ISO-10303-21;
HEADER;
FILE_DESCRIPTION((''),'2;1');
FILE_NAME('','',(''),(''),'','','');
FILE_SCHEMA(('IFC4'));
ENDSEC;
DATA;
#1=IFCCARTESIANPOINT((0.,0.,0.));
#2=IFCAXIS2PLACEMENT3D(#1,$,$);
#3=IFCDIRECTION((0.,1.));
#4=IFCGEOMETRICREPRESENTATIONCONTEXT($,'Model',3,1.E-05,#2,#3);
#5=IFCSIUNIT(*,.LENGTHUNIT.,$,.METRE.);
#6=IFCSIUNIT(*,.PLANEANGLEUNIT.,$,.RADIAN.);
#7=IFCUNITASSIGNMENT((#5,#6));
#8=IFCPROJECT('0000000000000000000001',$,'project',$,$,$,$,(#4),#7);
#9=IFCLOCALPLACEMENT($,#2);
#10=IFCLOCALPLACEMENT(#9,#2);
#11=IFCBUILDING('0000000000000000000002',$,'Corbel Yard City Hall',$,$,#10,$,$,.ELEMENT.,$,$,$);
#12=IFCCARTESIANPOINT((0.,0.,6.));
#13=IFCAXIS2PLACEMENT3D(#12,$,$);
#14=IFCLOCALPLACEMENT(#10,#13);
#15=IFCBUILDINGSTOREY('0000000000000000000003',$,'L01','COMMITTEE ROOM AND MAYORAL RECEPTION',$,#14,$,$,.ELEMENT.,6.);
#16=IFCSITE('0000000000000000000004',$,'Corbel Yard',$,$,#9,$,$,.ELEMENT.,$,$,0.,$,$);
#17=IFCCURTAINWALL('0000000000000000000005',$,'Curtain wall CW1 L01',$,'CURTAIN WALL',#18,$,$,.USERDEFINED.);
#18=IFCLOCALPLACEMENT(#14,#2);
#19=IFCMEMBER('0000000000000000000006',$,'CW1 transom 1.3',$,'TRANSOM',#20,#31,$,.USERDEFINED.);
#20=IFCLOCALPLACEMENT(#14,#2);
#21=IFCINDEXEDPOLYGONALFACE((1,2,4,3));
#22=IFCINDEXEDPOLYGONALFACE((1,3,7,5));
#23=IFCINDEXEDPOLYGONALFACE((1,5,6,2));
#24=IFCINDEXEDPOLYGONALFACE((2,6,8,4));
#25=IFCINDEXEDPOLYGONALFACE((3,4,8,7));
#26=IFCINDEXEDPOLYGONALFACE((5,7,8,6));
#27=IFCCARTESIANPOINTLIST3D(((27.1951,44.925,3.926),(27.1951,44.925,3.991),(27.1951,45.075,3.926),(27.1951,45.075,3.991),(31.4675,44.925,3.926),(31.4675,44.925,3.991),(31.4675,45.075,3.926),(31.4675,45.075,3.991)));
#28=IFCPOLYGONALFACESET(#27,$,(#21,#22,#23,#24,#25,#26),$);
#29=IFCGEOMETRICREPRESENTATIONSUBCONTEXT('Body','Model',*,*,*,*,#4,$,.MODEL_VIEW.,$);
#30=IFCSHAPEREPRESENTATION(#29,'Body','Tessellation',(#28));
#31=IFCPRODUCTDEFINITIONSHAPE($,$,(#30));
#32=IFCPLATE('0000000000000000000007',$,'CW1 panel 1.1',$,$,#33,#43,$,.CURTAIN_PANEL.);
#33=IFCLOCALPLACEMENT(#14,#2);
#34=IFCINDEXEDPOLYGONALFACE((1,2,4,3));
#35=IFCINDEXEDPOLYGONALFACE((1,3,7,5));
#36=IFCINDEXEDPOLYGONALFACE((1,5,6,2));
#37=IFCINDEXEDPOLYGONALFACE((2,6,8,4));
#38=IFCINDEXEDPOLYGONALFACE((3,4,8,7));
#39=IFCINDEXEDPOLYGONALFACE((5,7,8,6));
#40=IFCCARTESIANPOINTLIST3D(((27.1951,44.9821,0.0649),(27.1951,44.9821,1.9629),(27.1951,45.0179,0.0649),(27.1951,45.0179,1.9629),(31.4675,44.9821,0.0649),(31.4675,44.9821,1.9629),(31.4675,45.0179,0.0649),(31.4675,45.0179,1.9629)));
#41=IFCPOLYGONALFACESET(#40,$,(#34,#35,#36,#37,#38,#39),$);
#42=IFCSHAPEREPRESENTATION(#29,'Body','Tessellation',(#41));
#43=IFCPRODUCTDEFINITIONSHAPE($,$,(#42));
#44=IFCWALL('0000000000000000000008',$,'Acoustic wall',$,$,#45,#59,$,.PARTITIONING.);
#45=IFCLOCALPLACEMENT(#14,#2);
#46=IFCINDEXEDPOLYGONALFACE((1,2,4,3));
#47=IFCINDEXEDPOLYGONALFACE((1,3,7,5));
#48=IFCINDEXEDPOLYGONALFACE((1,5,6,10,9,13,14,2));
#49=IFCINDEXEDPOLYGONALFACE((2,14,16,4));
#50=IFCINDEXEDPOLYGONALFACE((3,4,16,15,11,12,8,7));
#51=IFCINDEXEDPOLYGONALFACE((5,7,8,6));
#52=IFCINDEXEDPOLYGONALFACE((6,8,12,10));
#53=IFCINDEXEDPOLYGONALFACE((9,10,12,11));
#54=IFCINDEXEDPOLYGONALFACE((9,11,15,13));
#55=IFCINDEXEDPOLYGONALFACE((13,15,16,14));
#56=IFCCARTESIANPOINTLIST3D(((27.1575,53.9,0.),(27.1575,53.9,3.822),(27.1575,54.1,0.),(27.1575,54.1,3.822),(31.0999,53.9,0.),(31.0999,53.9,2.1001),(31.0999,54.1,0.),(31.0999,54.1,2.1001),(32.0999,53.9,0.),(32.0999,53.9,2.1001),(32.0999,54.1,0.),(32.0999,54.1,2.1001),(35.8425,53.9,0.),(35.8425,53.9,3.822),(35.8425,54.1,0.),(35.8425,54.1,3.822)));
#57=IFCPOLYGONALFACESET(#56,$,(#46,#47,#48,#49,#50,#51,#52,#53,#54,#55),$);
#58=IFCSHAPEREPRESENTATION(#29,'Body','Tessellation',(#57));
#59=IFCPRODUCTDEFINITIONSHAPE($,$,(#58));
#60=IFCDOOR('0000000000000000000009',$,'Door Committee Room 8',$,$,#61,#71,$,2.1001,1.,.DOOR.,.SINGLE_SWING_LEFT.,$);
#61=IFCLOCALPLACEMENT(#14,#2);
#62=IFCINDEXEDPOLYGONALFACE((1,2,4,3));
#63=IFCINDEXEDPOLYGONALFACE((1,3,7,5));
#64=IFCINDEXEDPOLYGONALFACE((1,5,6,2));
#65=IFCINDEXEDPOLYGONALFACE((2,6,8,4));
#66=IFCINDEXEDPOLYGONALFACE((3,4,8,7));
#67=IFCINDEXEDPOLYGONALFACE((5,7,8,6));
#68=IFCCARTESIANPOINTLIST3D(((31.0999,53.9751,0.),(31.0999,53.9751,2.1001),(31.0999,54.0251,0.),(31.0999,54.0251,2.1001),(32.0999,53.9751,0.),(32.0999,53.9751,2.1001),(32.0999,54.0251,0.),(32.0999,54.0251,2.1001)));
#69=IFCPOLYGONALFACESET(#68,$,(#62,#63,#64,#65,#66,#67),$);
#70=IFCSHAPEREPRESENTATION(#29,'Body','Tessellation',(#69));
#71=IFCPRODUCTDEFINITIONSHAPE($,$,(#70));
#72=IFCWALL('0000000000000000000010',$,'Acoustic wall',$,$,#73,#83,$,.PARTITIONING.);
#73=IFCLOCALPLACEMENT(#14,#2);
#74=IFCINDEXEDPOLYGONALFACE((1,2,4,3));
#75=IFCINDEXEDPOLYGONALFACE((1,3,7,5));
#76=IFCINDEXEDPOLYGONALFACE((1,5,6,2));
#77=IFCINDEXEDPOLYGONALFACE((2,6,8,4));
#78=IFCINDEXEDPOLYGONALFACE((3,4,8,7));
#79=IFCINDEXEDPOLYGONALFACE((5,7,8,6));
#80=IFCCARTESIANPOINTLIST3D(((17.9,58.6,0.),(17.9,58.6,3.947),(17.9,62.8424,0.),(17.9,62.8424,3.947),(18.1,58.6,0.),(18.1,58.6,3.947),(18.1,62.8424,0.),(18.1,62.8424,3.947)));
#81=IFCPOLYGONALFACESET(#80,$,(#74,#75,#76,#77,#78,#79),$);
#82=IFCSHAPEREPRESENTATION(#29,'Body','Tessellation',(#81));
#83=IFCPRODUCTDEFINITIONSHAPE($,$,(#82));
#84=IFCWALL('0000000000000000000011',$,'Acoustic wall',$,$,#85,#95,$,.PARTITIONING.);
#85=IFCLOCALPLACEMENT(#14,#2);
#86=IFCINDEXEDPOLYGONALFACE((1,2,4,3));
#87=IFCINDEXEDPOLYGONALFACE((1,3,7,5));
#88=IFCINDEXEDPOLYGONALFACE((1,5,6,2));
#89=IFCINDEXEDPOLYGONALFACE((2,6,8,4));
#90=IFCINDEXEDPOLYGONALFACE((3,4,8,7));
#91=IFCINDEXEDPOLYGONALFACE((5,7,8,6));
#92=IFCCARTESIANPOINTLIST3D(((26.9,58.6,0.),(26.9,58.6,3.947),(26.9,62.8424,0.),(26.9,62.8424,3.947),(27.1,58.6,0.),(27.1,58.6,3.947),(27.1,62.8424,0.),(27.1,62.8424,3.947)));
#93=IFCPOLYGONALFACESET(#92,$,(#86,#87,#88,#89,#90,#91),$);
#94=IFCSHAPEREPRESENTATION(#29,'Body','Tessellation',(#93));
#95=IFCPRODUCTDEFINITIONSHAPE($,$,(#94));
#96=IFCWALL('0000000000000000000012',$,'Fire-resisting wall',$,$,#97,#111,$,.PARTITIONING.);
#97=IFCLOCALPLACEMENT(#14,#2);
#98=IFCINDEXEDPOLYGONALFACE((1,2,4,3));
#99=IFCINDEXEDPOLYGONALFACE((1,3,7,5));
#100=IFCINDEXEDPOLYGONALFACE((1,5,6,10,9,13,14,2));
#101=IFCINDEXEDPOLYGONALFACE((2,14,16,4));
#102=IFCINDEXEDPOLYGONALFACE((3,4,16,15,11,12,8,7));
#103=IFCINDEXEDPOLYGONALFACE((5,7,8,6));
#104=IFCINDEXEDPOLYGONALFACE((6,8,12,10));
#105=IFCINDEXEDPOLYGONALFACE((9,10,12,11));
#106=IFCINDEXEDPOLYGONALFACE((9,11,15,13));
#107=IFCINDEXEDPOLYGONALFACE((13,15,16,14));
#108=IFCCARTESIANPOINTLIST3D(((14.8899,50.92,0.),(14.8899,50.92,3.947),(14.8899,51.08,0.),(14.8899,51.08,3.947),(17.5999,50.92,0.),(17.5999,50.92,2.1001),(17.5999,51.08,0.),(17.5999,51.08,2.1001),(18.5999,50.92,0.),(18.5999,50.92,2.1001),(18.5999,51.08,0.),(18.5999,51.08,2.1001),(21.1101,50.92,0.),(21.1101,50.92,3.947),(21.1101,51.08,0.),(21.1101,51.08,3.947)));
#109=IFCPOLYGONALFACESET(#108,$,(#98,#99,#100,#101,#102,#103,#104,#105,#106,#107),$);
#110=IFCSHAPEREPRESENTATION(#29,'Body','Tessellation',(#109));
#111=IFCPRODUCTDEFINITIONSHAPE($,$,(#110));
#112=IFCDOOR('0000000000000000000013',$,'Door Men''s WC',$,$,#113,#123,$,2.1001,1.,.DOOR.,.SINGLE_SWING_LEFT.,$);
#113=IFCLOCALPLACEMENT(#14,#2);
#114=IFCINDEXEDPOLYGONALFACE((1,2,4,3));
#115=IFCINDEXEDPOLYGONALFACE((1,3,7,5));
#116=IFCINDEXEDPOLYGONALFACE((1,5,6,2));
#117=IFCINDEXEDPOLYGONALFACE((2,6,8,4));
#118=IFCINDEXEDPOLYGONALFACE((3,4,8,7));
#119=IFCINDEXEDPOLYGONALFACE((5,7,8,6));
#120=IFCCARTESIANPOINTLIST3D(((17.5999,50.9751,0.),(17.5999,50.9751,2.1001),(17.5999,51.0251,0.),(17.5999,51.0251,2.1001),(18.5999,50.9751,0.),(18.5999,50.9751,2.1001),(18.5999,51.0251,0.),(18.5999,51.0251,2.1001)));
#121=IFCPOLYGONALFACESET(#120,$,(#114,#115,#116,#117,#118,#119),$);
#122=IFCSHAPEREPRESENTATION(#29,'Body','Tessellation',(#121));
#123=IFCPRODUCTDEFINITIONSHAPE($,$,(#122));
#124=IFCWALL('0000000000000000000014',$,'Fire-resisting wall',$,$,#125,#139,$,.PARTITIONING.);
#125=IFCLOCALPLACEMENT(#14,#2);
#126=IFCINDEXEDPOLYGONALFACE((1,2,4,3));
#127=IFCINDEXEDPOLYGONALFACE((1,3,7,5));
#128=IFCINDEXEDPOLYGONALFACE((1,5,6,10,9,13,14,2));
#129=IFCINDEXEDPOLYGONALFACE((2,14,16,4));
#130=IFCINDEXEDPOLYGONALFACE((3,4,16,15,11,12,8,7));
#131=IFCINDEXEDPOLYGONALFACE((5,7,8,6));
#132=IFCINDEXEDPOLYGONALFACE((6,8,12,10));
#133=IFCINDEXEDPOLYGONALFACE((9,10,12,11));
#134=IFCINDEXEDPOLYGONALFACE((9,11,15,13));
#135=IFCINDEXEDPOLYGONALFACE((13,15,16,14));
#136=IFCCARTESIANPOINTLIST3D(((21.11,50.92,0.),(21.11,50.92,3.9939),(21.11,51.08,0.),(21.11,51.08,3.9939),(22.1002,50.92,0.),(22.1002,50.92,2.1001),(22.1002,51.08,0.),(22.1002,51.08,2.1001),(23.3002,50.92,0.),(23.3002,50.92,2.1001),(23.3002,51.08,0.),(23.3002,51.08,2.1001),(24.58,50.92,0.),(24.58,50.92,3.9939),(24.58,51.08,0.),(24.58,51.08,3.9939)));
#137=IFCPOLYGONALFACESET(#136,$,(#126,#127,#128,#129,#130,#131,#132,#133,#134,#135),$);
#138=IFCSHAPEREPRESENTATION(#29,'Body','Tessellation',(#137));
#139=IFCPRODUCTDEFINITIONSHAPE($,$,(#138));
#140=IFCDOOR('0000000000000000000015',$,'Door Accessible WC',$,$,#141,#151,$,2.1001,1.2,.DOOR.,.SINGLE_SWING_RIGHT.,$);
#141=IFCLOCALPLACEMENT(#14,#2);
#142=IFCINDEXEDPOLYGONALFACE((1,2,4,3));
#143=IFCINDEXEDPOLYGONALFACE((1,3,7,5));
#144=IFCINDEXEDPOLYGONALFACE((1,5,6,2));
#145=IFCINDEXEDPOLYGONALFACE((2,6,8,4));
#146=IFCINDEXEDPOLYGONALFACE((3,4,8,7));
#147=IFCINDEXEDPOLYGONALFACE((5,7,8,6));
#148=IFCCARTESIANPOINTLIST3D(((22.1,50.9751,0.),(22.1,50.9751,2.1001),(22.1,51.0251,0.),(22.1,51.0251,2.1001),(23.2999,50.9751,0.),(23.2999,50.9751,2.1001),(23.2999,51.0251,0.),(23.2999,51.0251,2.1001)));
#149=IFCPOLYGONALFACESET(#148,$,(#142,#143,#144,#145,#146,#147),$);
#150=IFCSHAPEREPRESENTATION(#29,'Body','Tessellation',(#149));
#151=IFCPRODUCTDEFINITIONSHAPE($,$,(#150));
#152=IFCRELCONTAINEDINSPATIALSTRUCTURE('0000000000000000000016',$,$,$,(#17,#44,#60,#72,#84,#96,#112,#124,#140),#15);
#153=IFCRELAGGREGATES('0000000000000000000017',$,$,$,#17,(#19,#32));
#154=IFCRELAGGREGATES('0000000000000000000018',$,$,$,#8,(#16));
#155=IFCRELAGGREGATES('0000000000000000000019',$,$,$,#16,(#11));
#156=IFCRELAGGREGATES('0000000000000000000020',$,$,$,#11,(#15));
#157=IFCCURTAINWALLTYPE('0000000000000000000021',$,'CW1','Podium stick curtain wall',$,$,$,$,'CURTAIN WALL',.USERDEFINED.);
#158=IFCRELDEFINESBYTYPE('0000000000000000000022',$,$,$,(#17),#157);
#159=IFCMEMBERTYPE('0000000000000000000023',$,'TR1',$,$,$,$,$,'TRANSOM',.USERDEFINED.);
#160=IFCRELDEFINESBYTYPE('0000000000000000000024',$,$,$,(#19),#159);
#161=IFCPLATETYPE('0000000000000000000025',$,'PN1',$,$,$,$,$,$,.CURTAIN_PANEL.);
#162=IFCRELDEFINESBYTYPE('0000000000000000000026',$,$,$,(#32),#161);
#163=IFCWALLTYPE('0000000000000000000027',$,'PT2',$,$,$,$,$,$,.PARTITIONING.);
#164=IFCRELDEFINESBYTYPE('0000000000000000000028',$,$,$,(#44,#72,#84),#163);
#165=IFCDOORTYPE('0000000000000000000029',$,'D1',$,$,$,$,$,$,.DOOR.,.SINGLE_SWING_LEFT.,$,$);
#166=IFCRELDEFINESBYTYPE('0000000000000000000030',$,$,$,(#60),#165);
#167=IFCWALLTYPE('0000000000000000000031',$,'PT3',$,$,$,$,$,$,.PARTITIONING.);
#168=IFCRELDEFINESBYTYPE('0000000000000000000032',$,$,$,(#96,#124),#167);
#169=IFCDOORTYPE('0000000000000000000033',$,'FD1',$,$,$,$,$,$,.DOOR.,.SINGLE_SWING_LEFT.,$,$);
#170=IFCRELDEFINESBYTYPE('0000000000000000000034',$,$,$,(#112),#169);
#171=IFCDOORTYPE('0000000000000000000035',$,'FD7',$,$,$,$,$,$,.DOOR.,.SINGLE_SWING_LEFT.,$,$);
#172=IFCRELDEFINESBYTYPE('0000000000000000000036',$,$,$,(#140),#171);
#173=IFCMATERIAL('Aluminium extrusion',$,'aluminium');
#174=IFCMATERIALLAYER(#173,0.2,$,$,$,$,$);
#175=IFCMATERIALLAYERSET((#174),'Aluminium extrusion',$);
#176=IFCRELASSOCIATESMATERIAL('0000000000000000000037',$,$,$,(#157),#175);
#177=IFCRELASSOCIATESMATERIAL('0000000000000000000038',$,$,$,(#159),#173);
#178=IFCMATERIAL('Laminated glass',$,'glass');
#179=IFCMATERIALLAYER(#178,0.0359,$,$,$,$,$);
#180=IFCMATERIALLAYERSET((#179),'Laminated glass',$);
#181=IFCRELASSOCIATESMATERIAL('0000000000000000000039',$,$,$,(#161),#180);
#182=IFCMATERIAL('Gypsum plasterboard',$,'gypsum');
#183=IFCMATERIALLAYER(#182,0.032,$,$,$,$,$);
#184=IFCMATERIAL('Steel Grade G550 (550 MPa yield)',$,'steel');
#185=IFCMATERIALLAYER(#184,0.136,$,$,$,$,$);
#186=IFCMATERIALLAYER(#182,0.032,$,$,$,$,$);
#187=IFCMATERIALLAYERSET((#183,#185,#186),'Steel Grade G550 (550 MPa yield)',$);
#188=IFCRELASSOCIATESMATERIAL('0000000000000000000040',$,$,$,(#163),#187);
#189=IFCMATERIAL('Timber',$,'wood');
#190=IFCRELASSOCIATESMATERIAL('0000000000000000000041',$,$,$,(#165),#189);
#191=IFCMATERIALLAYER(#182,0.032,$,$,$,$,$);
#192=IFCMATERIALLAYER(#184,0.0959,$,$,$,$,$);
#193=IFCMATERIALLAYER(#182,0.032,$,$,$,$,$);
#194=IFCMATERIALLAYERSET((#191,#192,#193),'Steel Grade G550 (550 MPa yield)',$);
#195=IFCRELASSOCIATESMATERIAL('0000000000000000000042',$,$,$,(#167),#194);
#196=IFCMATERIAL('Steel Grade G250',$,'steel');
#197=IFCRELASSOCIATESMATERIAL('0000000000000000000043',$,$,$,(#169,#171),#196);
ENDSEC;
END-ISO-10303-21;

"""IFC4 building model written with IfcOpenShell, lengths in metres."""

from ifc_helpers import new_model, si_unit, direction, frame, frame_2d, origin, origin_2d, place, context, subcontext, project, spatial, rectangle, extrude, material, layer, layer_set, material_profile, profile_set, type_object, element, fill, aggregate, save


model = new_model("IFC4")

# Units and contexts
model_context = context("Model", 3, precision=1e-05, world=origin(), true_north=direction((0.0, 1.0)))
body_context = subcontext(model_context, "Body", "Model", "MODEL_VIEW")
ifc_project = project(units=[si_unit("LENGTHUNIT", "METRE"), si_unit("PLANEANGLEUNIT", "RADIAN")], contexts=[model_context])

# Site, building, storey
site_placement = place(None, origin())
site = spatial("IfcSite", under=ifc_project, at=site_placement, Name="Corbel Yard", CompositionType="ELEMENT", RefElevation=0.0)
building_placement = place(site_placement, origin())
building = spatial("IfcBuilding", under=site, at=building_placement, Name="Corbel Yard City Hall", CompositionType="ELEMENT")
storey_placement = place(building_placement, frame((0.0, 0.0, 6.0)))
storey = spatial("IfcBuildingStorey", under=building, at=storey_placement, Name="L01", Description="COMMITTEE ROOM AND MAYORAL RECEPTION", CompositionType="ELEMENT", Elevation=6.0)

# Curtain wall
ifc_material_1 = material(Name="Aluminium extrusion", Category="aluminium")
ifc_layer_1 = layer(ifc_material_1, 0.2)
ifc_layer_set_1 = layer_set([ifc_layer_1], Name="Aluminium extrusion")
curtain_wall_type = type_object("IfcCurtainWallType", Name="CW1", Description="Podium stick curtain wall", ElementType="CURTAIN WALL", PredefinedType="USERDEFINED", material=ifc_layer_set_1)
curtain_wall_placement = place(storey_placement, origin())
curtain_wall = element("IfcCurtainWall", 1, at=curtain_wall_placement, inside=storey, type_object=curtain_wall_type, Name="Curtain wall CW1 L01", ObjectType="CURTAIN WALL", PredefinedType="USERDEFINED")

# Member
ifc_material_profile_1 = material_profile(ifc_material_1, rectangle(XDim=0.1499, YDim=0.0649, at=origin_2d()), Name="150x65")
ifc_profile_set_1 = profile_set([ifc_material_profile_1], Name="Aluminium extrusion")
member_type_1 = type_object("IfcMemberType", Name="TR1", ElementType="TRANSOM", PredefinedType="USERDEFINED", material=ifc_profile_set_1)
member_1_placement = place(storey_placement, frame((27.1951, 45.0, 3.9585), z_axis=(1.0, 0.0, 0.0), x_axis=(0.0, 1.0, 0.0)))
member_1 = element("IfcMember", 2, at=member_1_placement, type_object=member_type_1, Name="CW1 transom 1.3", ObjectType="TRANSOM", PredefinedType="USERDEFINED", context=body_context, shape_type="SweptSolid", body=[
    extrude(rectangle(XDim=0.1499, YDim=0.0649, at=origin_2d()), origin(), (0.0, 0.0, 1.0), 4.2725),
])

# Plate
ifc_material_2 = material(Name="Laminated glass", Category="glass")
ifc_layer_2 = layer(ifc_material_2, 0.0359)
ifc_layer_set_2 = layer_set([ifc_layer_2], Name="Laminated glass")
plate_type = type_object("IfcPlateType", Name="PN1", PredefinedType="CURTAIN_PANEL", material=ifc_layer_set_2)
plate_placement = place(storey_placement, frame((29.3313, 45.0, 0.0649), z_axis=(0.0, 0.0, 1.0), x_axis=(1.0, 0.0, 0.0)))
plate = element("IfcPlate", 3, at=plate_placement, type_object=plate_type, Name="CW1 panel 1.1", PredefinedType="CURTAIN_PANEL", context=body_context, shape_type="SweptSolid", body=[
    extrude(rectangle(XDim=4.2725, YDim=0.0359, at=origin_2d()), origin(), (0.0, 0.0, 1.0), 1.8979),
])
aggregate(curtain_wall, [member_1, plate])

# Wall, opening, door
ifc_material_3 = material(Name="Gypsum plasterboard", Category="gypsum")
ifc_layer_3 = layer(ifc_material_3, 0.032)
ifc_material_4 = material(Name="Steel Grade G550 (550 MPa yield)", Category="steel")
ifc_layer_4 = layer(ifc_material_4, 0.136)
ifc_layer_5 = layer(ifc_material_3, 0.032)
ifc_layer_set_3 = layer_set([ifc_layer_3, ifc_layer_4, ifc_layer_5], Name="Steel Grade G550 (550 MPa yield)")
wall_type_1 = type_object("IfcWallType", Name="PT2", PredefinedType="PARTITIONING", material=ifc_layer_set_3)
wall_1_placement = place(storey_placement, frame((27.1575, 54.0, 0.0), z_axis=(0.0, 0.0, 1.0), x_axis=(1.0, 0.0, 0.0)))
wall_1 = element("IfcWall", 4, at=wall_1_placement, inside=storey, type_object=wall_type_1, Name="Acoustic wall", PredefinedType="PARTITIONING", context=body_context, shape_type="SweptSolid", body=[
    extrude(rectangle(XDim=8.6851, YDim=0.2, at=frame_2d((4.3425, 0.0))), origin(), (0.0, 0.0, 1.0), 3.822),
])
opening_1_placement = place(wall_1_placement, frame((3.9424, 0.0, 0.0)))
opening_1 = element("IfcOpeningElement", 5, at=opening_1_placement, cuts=wall_1, PredefinedType="OPENING", context=body_context, shape_type="SweptSolid", body=[
    extrude(rectangle(XDim=1.0, YDim=2.1001, at=frame_2d((0.5, 1.05))), frame((0.0, 0.1099, 0.0), z_axis=(0.0, -1.0, 0.0), x_axis=(1.0, 0.0, 0.0)), (0.0, 0.0, 1.0), 0.22),
])
ifc_material_5 = material(Name="Timber", Category="wood")
door_type_1 = type_object("IfcDoorType", Name="D1", OperationType="SINGLE_SWING_LEFT", PredefinedType="DOOR", material=ifc_material_5)
door_1_placement = place(opening_1_placement, frame((1.0, 0.0, 0.0), z_axis=(0.0, 0.0, 1.0), x_axis=(-1.0, 0.0, 0.0)))
door_1 = element("IfcDoor", 6, at=door_1_placement, inside=storey, type_object=door_type_1, Name="Door Committee Room 8", OperationType="SINGLE_SWING_LEFT", OverallHeight=2.1001, OverallWidth=1.0, PredefinedType="DOOR", context=body_context, shape_type="SweptSolid", body=[
    extrude(rectangle(XDim=1.0, YDim=2.1001, at=frame_2d((0.5, 1.05))), frame((0.0, 0.0249, 0.0), z_axis=(0.0, -1.0, 0.0), x_axis=(1.0, 0.0, 0.0)), (0.0, 0.0, 1.0), 0.05),
])
fill(opening_1, door_1)

# Walls
for number, where, z_axis, x_axis, name in (
    (7, (18.0, 58.6001, 0.0), (0.0, 0.0, 1.0), (0.0, 1.0, 0.0), "Acoustic wall"),
    (8, (27.0, 58.6001, 0.0), (0.0, 0.0, 1.0), (0.0, 1.0, 0.0), "Acoustic wall"),
):
    element("IfcWall", number, at=place(storey_placement, frame(where, z_axis=z_axis, x_axis=x_axis)), inside=storey, type_object=wall_type_1, Name=name, PredefinedType="PARTITIONING", context=body_context, shape_type="SweptSolid", body=[
        extrude(rectangle(XDim=4.2424, YDim=0.2, at=frame_2d((2.1211, 0.0))), origin(), (0.0, 0.0, 1.0), 3.947),
    ])

# Walls, openings, doors
ifc_layer_6 = layer(ifc_material_3, 0.032)
ifc_layer_7 = layer(ifc_material_4, 0.0959)
ifc_layer_8 = layer(ifc_material_3, 0.032)
ifc_layer_set_4 = layer_set([ifc_layer_6, ifc_layer_7, ifc_layer_8], Name="Steel Grade G550 (550 MPa yield)")
wall_type_2 = type_object("IfcWallType", Name="PT3", PredefinedType="PARTITIONING", material=ifc_layer_set_4)
wall_2_placement = place(storey_placement, frame((14.8899, 51.0, 0.0), z_axis=(0.0, 0.0, 1.0), x_axis=(1.0, 0.0, 0.0)))
wall_2 = element("IfcWall", 9, at=wall_2_placement, inside=storey, type_object=wall_type_2, Name="Fire-resisting wall", PredefinedType="PARTITIONING", context=body_context, shape_type="SweptSolid", body=[
    extrude(rectangle(XDim=6.2202, YDim=0.1599, at=frame_2d((3.1101, 0.0))), origin(), (0.0, 0.0, 1.0), 3.947),
])
opening_2_placement = place(wall_2_placement, frame((2.71, 0.0, 0.0)))
opening_2 = element("IfcOpeningElement", 10, at=opening_2_placement, cuts=wall_2, PredefinedType="OPENING", context=body_context, shape_type="SweptSolid", body=[
    extrude(rectangle(XDim=1.0, YDim=2.1001, at=frame_2d((0.5, 1.05))), frame((0.0, 0.0898, 0.0), z_axis=(0.0, -1.0, 0.0), x_axis=(1.0, 0.0, 0.0)), (0.0, 0.0, 1.0), 0.1799),
])
ifc_material_6 = material(Name="Steel Grade G250", Category="steel")
door_type_2 = type_object("IfcDoorType", Name="FD1", OperationType="SINGLE_SWING_LEFT", PredefinedType="DOOR", material=ifc_material_6)
door_2_placement = place(opening_2_placement, frame((1.0, 0.0, 0.0), z_axis=(0.0, 0.0, 1.0), x_axis=(-1.0, 0.0, 0.0)))
door_2 = element("IfcDoor", 11, at=door_2_placement, inside=storey, type_object=door_type_2, Name="Door Men's WC", OperationType="SINGLE_SWING_LEFT", OverallHeight=2.1001, OverallWidth=1.0, PredefinedType="DOOR", context=body_context, shape_type="SweptSolid", body=[
    extrude(rectangle(XDim=1.0, YDim=2.1001, at=frame_2d((0.5, 1.05))), frame((0.0, 0.0249, 0.0), z_axis=(0.0, -1.0, 0.0), x_axis=(1.0, 0.0, 0.0)), (0.0, 0.0, 1.0), 0.05),
])
fill(opening_2, door_2)
wall_3_placement = place(storey_placement, frame((21.1101, 51.0, 0.0), z_axis=(0.0, 0.0, 1.0), x_axis=(1.0, 0.0, 0.0)))
wall_3 = element("IfcWall", 12, at=wall_3_placement, inside=storey, type_object=wall_type_2, Name="Fire-resisting wall", PredefinedType="PARTITIONING", context=body_context, shape_type="SweptSolid", body=[
    extrude(rectangle(XDim=3.47, YDim=0.1599, at=frame_2d((1.7349, 0.0))), origin(), (0.0, 0.0, 1.0), 3.9939),
])
opening_3_placement = place(wall_3_placement, frame((0.99, 0.0, 0.0)))
opening_3 = element("IfcOpeningElement", 13, at=opening_3_placement, cuts=wall_3, PredefinedType="OPENING", context=body_context, shape_type="SweptSolid", body=[
    extrude(rectangle(XDim=1.2, YDim=2.1001, at=frame_2d((0.6001, 1.05))), frame((0.0, 0.0898, 0.0), z_axis=(0.0, -1.0, 0.0), x_axis=(1.0, 0.0, 0.0)), (0.0, 0.0, 1.0), 0.1799),
])
door_type_3 = type_object("IfcDoorType", Name="FD7", OperationType="SINGLE_SWING_LEFT", PredefinedType="DOOR", material=ifc_material_6)
door_3_placement = place(opening_3_placement, frame((1.2, 0.0, 0.0), z_axis=(0.0, 0.0, 1.0), x_axis=(-1.0, 0.0, 0.0)))
door_3 = element("IfcDoor", 14, at=door_3_placement, inside=storey, type_object=door_type_3, Name="Door Accessible WC", OperationType="SINGLE_SWING_RIGHT", OverallHeight=2.1001, OverallWidth=1.2, PredefinedType="DOOR", context=body_context, shape_type="SweptSolid", body=[
    extrude(rectangle(XDim=1.2, YDim=2.1001, at=frame_2d((0.6001, 1.05))), frame((0.0, 0.0249, 0.0), z_axis=(0.0, -1.0, 0.0), x_axis=(1.0, 0.0, 0.0)), (0.0, 0.0, 1.0), 0.05),
])
fill(opening_3, door_3)

save(model, "model.ifc")
